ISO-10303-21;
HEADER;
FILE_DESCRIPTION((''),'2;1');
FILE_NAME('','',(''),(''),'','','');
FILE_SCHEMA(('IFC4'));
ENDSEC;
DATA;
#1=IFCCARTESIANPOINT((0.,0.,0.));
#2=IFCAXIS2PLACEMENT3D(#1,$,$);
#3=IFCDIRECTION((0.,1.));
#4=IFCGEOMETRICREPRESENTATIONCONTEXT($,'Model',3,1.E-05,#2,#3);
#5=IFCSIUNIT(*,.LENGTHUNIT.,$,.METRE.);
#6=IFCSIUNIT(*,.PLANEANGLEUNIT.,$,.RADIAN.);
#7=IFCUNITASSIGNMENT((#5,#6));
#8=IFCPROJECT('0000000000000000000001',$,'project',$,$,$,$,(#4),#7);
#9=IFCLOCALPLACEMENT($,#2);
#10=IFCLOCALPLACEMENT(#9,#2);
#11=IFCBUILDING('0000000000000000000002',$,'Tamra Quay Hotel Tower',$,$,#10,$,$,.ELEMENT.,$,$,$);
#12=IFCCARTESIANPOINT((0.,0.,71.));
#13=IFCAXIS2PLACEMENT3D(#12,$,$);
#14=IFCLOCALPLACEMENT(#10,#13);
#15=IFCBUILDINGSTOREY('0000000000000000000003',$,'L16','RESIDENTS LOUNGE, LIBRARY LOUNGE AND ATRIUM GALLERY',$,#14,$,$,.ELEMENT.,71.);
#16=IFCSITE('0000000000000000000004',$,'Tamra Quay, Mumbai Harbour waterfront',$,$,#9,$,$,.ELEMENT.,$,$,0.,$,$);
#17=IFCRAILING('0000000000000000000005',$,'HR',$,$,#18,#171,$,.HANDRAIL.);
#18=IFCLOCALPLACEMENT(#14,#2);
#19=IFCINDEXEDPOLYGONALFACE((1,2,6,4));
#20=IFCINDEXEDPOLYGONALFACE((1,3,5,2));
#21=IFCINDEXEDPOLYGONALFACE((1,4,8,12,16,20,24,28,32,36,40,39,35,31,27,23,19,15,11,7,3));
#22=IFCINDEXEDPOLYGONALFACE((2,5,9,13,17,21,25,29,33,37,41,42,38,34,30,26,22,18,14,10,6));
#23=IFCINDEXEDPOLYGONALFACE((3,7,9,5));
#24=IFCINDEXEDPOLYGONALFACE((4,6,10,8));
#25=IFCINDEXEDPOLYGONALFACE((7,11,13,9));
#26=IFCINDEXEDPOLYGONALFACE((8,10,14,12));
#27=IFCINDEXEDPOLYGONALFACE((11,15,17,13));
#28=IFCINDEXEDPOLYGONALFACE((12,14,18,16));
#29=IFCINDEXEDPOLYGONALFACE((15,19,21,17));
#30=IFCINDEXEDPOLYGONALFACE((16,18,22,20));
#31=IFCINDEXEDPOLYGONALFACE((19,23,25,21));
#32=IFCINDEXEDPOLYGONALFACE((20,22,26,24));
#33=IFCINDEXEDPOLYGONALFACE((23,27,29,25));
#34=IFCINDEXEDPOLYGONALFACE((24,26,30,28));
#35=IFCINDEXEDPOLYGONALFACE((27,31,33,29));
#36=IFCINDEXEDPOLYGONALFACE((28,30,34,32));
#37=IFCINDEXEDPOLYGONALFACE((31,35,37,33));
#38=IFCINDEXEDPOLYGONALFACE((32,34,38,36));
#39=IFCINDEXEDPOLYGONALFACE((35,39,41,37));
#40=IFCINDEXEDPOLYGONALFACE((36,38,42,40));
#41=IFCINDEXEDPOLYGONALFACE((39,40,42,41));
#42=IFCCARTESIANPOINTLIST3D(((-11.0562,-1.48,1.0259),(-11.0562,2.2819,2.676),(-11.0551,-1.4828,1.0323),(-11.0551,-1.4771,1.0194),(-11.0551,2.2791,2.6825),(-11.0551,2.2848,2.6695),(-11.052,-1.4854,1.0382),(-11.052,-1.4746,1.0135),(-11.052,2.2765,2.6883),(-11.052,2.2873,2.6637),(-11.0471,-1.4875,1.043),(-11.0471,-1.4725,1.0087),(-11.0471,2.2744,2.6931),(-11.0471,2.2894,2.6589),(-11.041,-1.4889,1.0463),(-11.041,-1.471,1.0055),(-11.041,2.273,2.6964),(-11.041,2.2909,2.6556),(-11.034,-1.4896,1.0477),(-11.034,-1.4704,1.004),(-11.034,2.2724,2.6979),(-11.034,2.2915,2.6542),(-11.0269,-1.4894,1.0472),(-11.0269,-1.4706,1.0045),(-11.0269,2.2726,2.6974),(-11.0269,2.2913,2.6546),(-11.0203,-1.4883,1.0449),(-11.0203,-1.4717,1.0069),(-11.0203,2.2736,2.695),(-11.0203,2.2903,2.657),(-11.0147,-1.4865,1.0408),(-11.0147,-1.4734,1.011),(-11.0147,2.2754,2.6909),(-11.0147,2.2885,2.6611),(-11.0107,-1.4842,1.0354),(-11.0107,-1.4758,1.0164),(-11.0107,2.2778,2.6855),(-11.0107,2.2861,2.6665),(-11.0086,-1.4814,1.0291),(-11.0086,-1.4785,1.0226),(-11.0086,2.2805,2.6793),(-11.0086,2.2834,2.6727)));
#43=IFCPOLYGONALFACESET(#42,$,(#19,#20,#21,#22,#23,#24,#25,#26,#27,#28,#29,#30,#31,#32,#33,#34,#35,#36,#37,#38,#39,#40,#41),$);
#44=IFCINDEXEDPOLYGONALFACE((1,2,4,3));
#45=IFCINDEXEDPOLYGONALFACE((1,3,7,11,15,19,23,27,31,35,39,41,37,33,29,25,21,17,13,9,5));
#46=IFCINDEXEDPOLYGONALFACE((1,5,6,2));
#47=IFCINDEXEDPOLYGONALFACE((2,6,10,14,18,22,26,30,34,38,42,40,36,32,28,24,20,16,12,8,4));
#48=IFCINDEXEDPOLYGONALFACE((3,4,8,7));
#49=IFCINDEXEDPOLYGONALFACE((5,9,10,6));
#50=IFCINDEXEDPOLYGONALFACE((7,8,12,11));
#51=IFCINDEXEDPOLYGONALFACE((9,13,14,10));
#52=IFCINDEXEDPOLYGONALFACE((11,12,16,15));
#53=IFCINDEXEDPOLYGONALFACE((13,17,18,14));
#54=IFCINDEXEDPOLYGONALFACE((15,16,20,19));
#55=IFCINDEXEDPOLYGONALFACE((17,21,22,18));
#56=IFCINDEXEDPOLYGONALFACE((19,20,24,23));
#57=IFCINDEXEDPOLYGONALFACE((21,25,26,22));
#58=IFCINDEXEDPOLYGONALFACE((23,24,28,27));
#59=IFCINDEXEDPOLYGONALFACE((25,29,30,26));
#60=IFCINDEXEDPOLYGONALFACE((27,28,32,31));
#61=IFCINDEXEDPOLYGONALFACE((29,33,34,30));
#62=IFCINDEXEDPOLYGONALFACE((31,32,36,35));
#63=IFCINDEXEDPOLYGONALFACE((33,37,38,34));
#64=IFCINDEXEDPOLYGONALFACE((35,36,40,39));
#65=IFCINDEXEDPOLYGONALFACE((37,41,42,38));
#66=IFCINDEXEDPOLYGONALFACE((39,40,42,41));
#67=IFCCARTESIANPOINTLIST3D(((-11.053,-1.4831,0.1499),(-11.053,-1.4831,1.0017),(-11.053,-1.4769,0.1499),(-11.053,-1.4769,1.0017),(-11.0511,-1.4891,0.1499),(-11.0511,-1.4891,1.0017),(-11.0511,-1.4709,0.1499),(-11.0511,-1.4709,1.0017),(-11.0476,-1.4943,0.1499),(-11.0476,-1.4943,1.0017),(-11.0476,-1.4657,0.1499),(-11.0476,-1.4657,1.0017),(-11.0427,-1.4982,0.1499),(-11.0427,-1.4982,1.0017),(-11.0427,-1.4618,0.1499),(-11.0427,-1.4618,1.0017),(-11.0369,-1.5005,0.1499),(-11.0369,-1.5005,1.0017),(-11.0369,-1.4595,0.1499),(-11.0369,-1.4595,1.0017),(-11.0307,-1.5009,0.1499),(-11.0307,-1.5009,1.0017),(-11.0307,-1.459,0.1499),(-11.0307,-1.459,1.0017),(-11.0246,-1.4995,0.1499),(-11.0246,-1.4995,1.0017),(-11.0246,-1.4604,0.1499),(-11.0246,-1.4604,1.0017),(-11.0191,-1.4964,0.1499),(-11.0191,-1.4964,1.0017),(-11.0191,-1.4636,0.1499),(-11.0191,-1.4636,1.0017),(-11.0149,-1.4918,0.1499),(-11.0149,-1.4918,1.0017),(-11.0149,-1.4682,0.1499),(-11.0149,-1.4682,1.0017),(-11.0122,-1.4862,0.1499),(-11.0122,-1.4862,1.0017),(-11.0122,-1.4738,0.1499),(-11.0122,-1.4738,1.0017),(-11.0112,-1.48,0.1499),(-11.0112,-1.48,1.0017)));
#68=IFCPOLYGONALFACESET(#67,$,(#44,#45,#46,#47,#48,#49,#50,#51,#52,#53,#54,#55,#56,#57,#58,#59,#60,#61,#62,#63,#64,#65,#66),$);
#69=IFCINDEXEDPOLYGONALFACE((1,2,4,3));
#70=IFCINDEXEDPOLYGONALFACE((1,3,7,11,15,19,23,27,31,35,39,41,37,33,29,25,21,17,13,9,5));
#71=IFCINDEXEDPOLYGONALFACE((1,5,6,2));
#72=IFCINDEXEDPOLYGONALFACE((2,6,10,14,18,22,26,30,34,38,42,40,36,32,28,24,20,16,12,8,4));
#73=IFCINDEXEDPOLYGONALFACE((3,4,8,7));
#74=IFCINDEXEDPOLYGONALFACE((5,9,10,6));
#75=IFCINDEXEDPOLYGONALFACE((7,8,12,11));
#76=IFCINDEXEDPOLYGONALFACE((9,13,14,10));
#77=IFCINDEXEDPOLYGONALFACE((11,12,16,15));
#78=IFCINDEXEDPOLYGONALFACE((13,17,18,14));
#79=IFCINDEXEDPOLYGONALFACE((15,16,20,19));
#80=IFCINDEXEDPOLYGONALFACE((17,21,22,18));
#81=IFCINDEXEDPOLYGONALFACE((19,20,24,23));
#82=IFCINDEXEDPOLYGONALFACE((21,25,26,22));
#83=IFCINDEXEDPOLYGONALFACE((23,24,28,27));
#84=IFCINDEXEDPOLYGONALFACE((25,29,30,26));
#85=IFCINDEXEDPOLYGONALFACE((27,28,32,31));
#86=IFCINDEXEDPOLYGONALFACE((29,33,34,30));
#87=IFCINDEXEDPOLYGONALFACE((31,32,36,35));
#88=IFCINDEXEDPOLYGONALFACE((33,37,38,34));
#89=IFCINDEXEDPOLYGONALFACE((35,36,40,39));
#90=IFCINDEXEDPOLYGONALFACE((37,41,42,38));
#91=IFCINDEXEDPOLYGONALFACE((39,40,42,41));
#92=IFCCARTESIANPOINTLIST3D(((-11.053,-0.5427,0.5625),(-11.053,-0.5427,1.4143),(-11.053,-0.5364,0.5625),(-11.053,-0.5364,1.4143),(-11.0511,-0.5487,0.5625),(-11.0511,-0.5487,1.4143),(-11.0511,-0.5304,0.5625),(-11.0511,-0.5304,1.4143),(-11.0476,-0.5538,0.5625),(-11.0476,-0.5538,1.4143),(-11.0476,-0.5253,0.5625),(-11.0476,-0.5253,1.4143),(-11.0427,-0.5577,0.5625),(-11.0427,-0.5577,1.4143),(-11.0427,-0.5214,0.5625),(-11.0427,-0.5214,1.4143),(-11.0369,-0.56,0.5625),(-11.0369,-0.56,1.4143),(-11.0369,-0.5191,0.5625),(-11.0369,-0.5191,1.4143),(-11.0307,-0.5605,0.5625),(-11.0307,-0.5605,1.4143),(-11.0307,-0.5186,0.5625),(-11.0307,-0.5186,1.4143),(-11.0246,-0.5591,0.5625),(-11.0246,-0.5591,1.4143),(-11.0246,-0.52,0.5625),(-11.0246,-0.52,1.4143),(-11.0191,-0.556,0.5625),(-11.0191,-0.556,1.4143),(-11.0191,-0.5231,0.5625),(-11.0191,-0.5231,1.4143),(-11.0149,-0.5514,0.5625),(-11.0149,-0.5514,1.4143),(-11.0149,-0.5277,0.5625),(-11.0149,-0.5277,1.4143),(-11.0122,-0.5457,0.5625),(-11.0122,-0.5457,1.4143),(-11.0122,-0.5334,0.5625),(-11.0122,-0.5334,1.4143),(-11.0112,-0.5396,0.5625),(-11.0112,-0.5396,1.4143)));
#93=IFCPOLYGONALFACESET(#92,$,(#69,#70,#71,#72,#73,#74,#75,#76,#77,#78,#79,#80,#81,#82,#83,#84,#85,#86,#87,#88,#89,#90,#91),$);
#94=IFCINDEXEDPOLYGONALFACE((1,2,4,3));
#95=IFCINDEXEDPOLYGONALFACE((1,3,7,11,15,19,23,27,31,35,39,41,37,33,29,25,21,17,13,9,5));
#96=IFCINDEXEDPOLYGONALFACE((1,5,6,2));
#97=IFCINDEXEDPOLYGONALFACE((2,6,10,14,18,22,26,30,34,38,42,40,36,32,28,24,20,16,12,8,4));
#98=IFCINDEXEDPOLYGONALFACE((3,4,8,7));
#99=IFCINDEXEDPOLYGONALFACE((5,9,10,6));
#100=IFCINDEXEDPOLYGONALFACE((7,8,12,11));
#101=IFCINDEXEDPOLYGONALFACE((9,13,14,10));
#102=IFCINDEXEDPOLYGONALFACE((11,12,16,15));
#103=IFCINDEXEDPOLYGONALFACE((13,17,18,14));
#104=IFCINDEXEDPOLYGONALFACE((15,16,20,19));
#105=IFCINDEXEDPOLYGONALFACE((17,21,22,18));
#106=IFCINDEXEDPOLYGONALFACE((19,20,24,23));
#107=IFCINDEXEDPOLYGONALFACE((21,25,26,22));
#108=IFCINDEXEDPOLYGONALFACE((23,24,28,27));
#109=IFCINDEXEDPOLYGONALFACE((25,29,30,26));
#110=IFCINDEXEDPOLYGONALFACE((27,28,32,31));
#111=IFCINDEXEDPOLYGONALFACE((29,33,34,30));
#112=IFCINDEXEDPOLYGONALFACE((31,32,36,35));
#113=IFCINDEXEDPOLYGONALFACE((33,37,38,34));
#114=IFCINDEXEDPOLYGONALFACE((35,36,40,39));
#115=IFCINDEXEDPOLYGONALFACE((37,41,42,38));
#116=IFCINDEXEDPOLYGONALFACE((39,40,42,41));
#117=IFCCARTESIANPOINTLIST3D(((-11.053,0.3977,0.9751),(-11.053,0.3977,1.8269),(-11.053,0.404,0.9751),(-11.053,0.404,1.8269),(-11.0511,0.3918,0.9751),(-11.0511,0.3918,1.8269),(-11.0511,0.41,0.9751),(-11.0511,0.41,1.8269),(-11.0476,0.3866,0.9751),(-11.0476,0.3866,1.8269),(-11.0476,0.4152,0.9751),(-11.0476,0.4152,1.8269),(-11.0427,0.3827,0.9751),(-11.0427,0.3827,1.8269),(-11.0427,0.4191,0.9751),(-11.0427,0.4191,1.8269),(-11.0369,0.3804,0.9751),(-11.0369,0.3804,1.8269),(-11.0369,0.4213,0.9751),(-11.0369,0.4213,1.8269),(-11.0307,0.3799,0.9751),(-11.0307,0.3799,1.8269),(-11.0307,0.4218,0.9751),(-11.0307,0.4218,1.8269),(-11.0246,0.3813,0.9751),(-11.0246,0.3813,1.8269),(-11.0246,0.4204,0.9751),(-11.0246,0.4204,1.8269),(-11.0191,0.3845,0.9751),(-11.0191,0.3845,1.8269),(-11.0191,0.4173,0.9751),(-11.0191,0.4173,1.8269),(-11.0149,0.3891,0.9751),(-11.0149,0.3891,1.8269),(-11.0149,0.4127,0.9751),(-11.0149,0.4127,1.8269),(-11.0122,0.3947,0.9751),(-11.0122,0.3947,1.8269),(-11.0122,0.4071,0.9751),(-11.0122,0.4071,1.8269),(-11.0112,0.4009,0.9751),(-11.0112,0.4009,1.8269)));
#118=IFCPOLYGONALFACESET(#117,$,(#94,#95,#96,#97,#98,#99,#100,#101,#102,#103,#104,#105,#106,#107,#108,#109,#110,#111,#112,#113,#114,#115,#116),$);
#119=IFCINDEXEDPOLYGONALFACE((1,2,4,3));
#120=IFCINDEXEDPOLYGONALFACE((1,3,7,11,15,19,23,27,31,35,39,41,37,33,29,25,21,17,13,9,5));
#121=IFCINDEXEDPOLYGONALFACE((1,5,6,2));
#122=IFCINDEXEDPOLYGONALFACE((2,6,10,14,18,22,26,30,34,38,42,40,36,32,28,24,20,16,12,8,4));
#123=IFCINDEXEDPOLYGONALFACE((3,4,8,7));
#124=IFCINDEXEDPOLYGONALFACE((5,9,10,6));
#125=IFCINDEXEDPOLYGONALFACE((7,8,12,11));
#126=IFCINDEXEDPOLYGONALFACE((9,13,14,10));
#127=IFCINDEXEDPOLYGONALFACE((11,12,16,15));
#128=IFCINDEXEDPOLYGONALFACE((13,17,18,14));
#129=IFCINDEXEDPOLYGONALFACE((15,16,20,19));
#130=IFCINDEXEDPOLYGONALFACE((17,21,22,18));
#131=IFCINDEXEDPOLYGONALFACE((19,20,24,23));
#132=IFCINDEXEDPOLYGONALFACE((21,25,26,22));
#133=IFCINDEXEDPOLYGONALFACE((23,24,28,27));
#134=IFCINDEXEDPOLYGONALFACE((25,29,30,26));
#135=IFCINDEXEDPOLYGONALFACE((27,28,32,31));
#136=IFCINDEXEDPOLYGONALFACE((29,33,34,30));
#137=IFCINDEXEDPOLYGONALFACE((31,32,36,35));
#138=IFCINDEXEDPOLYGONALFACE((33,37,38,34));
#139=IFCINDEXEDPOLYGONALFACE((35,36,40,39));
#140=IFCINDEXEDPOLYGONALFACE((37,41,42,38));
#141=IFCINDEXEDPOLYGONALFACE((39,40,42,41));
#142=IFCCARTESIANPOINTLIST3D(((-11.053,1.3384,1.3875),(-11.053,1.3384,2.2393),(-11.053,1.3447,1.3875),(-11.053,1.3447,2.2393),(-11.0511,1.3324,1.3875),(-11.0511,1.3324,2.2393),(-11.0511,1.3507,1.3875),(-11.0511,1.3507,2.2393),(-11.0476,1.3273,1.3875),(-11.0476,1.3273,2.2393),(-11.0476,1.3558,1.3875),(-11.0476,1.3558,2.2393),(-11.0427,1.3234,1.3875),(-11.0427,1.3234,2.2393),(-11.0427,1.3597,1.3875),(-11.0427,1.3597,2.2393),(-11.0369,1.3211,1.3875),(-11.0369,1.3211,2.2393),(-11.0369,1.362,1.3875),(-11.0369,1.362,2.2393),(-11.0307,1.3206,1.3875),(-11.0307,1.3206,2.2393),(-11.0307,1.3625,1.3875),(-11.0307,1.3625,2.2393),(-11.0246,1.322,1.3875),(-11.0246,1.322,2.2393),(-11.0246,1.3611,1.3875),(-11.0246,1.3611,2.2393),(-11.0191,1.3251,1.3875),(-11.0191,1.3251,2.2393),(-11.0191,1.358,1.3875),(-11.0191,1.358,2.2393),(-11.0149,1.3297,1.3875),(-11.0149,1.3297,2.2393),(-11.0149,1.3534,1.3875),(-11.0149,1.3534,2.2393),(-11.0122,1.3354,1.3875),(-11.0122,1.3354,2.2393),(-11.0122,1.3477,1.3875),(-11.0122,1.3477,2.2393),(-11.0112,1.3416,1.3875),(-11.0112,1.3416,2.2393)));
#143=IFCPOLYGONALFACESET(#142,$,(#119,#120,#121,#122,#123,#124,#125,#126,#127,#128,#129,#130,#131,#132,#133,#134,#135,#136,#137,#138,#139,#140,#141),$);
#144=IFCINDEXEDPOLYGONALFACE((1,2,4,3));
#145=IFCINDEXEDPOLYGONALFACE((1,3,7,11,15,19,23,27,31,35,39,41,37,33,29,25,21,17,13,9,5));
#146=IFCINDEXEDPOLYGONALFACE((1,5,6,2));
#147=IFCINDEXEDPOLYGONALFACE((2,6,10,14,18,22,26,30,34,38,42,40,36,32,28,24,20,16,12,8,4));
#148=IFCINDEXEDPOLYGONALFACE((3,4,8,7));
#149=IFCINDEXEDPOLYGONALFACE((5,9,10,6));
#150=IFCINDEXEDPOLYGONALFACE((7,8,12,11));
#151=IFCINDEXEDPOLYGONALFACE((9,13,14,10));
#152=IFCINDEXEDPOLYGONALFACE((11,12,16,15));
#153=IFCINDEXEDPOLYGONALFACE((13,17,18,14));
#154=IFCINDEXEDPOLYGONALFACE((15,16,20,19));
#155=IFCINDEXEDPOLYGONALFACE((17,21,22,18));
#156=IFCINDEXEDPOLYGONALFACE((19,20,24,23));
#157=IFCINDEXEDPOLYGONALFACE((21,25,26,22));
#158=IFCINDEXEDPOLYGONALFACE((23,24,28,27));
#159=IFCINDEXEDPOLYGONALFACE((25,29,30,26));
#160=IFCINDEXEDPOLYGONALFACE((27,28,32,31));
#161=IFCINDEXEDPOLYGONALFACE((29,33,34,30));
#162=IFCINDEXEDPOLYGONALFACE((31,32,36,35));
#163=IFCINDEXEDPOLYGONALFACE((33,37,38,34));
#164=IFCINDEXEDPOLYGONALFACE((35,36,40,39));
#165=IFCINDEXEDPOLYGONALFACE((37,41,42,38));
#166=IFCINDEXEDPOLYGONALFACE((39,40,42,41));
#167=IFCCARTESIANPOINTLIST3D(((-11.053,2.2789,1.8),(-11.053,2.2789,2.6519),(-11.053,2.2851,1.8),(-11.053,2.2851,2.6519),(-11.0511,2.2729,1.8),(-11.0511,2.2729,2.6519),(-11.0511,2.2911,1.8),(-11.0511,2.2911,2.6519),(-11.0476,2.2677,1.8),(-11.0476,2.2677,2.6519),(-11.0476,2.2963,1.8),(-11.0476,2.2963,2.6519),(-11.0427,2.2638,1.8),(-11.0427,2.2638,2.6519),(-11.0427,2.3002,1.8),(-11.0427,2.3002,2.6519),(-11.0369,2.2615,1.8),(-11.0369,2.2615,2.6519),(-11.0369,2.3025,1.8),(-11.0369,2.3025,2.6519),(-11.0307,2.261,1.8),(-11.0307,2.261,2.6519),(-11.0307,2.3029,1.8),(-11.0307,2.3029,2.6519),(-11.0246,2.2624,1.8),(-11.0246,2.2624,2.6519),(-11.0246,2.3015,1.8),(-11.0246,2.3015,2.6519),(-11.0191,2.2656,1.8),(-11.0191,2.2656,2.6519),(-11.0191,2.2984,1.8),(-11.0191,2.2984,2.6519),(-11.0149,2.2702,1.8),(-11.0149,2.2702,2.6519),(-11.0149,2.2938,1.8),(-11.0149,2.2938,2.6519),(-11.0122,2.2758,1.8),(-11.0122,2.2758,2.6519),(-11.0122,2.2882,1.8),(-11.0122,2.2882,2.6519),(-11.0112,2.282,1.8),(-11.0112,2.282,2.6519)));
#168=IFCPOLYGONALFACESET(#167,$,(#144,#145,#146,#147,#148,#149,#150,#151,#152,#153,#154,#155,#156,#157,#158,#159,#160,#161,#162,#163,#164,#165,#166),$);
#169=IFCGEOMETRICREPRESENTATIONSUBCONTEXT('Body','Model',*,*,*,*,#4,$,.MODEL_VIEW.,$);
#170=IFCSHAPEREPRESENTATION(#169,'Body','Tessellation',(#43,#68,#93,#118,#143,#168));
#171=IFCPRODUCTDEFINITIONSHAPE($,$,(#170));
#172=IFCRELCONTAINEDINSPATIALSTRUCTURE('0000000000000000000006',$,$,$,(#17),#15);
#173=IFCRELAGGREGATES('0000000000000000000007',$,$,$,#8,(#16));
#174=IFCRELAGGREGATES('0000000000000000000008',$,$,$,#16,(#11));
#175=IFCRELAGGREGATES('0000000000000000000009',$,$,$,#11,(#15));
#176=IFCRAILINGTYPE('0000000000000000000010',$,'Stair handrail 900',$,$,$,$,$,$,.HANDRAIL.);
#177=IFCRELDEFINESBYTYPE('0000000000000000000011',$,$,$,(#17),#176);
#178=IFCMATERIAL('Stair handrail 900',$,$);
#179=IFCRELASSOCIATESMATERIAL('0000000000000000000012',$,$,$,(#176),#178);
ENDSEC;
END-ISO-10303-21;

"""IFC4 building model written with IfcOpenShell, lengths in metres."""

from ifc_helpers import new_model, si_unit, direction, frame, origin, origin_2d, place, context, subcontext, project, spatial, circle, extrude, material, type_object, element, save


model = new_model("IFC4")

# Units and contexts
model_context = context("Model", 3, precision=1e-05, world=origin(), true_north=direction((0.0, 1.0)))
body_context = subcontext(model_context, "Body", "Model", "MODEL_VIEW")
ifc_project = project(units=[si_unit("LENGTHUNIT", "METRE"), si_unit("PLANEANGLEUNIT", "RADIAN")], contexts=[model_context])

# Site, building, storey
site_placement = place(None, origin())
site = spatial("IfcSite", under=ifc_project, at=site_placement, Name="Tamra Quay, Mumbai Harbour waterfront", CompositionType="ELEMENT", RefElevation=0.0)
building_placement = place(site_placement, origin())
building = spatial("IfcBuilding", under=site, at=building_placement, Name="Tamra Quay Hotel Tower", CompositionType="ELEMENT")
storey_placement = place(building_placement, frame((0.0, 0.0, 71.0)))
storey = spatial("IfcBuildingStorey", under=building, at=storey_placement, Name="L16", Description="RESIDENTS LOUNGE, LIBRARY LOUNGE AND ATRIUM GALLERY", CompositionType="ELEMENT", Elevation=71.0)

# Railing
ifc_material_1 = material(Name="Stair handrail 900")
railing_type = type_object("IfcRailingType", Name="Stair handrail 900", PredefinedType="HANDRAIL", material=ifc_material_1)
railing_placement = place(storey_placement, frame((-11.0322, -1.48, 0.1499)))
element("IfcRailing", 1, at=railing_placement, inside=storey, type_object=railing_type, Name="HR", PredefinedType="HANDRAIL", context=body_context, shape_type="SweptSolid", body=[
    extrude(circle(Radius=0.0239, at=origin_2d()), frame((0.0, 0.0, 0.876), z_axis=(0.0, 0.915774, 0.401695), x_axis=(-1.0, 0.0, 0.0)), (0.0, 0.0, 1.0), 4.1079),
    extrude(circle(Radius=0.021, at=origin_2d()), origin(), (0.0, 0.0, 1.0), 0.8518),
    extrude(circle(Radius=0.021, at=origin_2d()), frame((0.0, 0.9404, 0.4126)), (0.0, 0.0, 1.0), 0.8518),
    extrude(circle(Radius=0.021, at=origin_2d()), frame((0.0, 1.8809, 0.8252)), (0.0, 0.0, 1.0), 0.8518),
    extrude(circle(Radius=0.021, at=origin_2d()), frame((0.0, 2.8215, 1.2375)), (0.0, 0.0, 1.0), 0.8518),
    extrude(circle(Radius=0.021, at=origin_2d()), frame((0.0, 3.762, 1.6501)), (0.0, 0.0, 1.0), 0.8518),
])

save(model, "model.ifc")
